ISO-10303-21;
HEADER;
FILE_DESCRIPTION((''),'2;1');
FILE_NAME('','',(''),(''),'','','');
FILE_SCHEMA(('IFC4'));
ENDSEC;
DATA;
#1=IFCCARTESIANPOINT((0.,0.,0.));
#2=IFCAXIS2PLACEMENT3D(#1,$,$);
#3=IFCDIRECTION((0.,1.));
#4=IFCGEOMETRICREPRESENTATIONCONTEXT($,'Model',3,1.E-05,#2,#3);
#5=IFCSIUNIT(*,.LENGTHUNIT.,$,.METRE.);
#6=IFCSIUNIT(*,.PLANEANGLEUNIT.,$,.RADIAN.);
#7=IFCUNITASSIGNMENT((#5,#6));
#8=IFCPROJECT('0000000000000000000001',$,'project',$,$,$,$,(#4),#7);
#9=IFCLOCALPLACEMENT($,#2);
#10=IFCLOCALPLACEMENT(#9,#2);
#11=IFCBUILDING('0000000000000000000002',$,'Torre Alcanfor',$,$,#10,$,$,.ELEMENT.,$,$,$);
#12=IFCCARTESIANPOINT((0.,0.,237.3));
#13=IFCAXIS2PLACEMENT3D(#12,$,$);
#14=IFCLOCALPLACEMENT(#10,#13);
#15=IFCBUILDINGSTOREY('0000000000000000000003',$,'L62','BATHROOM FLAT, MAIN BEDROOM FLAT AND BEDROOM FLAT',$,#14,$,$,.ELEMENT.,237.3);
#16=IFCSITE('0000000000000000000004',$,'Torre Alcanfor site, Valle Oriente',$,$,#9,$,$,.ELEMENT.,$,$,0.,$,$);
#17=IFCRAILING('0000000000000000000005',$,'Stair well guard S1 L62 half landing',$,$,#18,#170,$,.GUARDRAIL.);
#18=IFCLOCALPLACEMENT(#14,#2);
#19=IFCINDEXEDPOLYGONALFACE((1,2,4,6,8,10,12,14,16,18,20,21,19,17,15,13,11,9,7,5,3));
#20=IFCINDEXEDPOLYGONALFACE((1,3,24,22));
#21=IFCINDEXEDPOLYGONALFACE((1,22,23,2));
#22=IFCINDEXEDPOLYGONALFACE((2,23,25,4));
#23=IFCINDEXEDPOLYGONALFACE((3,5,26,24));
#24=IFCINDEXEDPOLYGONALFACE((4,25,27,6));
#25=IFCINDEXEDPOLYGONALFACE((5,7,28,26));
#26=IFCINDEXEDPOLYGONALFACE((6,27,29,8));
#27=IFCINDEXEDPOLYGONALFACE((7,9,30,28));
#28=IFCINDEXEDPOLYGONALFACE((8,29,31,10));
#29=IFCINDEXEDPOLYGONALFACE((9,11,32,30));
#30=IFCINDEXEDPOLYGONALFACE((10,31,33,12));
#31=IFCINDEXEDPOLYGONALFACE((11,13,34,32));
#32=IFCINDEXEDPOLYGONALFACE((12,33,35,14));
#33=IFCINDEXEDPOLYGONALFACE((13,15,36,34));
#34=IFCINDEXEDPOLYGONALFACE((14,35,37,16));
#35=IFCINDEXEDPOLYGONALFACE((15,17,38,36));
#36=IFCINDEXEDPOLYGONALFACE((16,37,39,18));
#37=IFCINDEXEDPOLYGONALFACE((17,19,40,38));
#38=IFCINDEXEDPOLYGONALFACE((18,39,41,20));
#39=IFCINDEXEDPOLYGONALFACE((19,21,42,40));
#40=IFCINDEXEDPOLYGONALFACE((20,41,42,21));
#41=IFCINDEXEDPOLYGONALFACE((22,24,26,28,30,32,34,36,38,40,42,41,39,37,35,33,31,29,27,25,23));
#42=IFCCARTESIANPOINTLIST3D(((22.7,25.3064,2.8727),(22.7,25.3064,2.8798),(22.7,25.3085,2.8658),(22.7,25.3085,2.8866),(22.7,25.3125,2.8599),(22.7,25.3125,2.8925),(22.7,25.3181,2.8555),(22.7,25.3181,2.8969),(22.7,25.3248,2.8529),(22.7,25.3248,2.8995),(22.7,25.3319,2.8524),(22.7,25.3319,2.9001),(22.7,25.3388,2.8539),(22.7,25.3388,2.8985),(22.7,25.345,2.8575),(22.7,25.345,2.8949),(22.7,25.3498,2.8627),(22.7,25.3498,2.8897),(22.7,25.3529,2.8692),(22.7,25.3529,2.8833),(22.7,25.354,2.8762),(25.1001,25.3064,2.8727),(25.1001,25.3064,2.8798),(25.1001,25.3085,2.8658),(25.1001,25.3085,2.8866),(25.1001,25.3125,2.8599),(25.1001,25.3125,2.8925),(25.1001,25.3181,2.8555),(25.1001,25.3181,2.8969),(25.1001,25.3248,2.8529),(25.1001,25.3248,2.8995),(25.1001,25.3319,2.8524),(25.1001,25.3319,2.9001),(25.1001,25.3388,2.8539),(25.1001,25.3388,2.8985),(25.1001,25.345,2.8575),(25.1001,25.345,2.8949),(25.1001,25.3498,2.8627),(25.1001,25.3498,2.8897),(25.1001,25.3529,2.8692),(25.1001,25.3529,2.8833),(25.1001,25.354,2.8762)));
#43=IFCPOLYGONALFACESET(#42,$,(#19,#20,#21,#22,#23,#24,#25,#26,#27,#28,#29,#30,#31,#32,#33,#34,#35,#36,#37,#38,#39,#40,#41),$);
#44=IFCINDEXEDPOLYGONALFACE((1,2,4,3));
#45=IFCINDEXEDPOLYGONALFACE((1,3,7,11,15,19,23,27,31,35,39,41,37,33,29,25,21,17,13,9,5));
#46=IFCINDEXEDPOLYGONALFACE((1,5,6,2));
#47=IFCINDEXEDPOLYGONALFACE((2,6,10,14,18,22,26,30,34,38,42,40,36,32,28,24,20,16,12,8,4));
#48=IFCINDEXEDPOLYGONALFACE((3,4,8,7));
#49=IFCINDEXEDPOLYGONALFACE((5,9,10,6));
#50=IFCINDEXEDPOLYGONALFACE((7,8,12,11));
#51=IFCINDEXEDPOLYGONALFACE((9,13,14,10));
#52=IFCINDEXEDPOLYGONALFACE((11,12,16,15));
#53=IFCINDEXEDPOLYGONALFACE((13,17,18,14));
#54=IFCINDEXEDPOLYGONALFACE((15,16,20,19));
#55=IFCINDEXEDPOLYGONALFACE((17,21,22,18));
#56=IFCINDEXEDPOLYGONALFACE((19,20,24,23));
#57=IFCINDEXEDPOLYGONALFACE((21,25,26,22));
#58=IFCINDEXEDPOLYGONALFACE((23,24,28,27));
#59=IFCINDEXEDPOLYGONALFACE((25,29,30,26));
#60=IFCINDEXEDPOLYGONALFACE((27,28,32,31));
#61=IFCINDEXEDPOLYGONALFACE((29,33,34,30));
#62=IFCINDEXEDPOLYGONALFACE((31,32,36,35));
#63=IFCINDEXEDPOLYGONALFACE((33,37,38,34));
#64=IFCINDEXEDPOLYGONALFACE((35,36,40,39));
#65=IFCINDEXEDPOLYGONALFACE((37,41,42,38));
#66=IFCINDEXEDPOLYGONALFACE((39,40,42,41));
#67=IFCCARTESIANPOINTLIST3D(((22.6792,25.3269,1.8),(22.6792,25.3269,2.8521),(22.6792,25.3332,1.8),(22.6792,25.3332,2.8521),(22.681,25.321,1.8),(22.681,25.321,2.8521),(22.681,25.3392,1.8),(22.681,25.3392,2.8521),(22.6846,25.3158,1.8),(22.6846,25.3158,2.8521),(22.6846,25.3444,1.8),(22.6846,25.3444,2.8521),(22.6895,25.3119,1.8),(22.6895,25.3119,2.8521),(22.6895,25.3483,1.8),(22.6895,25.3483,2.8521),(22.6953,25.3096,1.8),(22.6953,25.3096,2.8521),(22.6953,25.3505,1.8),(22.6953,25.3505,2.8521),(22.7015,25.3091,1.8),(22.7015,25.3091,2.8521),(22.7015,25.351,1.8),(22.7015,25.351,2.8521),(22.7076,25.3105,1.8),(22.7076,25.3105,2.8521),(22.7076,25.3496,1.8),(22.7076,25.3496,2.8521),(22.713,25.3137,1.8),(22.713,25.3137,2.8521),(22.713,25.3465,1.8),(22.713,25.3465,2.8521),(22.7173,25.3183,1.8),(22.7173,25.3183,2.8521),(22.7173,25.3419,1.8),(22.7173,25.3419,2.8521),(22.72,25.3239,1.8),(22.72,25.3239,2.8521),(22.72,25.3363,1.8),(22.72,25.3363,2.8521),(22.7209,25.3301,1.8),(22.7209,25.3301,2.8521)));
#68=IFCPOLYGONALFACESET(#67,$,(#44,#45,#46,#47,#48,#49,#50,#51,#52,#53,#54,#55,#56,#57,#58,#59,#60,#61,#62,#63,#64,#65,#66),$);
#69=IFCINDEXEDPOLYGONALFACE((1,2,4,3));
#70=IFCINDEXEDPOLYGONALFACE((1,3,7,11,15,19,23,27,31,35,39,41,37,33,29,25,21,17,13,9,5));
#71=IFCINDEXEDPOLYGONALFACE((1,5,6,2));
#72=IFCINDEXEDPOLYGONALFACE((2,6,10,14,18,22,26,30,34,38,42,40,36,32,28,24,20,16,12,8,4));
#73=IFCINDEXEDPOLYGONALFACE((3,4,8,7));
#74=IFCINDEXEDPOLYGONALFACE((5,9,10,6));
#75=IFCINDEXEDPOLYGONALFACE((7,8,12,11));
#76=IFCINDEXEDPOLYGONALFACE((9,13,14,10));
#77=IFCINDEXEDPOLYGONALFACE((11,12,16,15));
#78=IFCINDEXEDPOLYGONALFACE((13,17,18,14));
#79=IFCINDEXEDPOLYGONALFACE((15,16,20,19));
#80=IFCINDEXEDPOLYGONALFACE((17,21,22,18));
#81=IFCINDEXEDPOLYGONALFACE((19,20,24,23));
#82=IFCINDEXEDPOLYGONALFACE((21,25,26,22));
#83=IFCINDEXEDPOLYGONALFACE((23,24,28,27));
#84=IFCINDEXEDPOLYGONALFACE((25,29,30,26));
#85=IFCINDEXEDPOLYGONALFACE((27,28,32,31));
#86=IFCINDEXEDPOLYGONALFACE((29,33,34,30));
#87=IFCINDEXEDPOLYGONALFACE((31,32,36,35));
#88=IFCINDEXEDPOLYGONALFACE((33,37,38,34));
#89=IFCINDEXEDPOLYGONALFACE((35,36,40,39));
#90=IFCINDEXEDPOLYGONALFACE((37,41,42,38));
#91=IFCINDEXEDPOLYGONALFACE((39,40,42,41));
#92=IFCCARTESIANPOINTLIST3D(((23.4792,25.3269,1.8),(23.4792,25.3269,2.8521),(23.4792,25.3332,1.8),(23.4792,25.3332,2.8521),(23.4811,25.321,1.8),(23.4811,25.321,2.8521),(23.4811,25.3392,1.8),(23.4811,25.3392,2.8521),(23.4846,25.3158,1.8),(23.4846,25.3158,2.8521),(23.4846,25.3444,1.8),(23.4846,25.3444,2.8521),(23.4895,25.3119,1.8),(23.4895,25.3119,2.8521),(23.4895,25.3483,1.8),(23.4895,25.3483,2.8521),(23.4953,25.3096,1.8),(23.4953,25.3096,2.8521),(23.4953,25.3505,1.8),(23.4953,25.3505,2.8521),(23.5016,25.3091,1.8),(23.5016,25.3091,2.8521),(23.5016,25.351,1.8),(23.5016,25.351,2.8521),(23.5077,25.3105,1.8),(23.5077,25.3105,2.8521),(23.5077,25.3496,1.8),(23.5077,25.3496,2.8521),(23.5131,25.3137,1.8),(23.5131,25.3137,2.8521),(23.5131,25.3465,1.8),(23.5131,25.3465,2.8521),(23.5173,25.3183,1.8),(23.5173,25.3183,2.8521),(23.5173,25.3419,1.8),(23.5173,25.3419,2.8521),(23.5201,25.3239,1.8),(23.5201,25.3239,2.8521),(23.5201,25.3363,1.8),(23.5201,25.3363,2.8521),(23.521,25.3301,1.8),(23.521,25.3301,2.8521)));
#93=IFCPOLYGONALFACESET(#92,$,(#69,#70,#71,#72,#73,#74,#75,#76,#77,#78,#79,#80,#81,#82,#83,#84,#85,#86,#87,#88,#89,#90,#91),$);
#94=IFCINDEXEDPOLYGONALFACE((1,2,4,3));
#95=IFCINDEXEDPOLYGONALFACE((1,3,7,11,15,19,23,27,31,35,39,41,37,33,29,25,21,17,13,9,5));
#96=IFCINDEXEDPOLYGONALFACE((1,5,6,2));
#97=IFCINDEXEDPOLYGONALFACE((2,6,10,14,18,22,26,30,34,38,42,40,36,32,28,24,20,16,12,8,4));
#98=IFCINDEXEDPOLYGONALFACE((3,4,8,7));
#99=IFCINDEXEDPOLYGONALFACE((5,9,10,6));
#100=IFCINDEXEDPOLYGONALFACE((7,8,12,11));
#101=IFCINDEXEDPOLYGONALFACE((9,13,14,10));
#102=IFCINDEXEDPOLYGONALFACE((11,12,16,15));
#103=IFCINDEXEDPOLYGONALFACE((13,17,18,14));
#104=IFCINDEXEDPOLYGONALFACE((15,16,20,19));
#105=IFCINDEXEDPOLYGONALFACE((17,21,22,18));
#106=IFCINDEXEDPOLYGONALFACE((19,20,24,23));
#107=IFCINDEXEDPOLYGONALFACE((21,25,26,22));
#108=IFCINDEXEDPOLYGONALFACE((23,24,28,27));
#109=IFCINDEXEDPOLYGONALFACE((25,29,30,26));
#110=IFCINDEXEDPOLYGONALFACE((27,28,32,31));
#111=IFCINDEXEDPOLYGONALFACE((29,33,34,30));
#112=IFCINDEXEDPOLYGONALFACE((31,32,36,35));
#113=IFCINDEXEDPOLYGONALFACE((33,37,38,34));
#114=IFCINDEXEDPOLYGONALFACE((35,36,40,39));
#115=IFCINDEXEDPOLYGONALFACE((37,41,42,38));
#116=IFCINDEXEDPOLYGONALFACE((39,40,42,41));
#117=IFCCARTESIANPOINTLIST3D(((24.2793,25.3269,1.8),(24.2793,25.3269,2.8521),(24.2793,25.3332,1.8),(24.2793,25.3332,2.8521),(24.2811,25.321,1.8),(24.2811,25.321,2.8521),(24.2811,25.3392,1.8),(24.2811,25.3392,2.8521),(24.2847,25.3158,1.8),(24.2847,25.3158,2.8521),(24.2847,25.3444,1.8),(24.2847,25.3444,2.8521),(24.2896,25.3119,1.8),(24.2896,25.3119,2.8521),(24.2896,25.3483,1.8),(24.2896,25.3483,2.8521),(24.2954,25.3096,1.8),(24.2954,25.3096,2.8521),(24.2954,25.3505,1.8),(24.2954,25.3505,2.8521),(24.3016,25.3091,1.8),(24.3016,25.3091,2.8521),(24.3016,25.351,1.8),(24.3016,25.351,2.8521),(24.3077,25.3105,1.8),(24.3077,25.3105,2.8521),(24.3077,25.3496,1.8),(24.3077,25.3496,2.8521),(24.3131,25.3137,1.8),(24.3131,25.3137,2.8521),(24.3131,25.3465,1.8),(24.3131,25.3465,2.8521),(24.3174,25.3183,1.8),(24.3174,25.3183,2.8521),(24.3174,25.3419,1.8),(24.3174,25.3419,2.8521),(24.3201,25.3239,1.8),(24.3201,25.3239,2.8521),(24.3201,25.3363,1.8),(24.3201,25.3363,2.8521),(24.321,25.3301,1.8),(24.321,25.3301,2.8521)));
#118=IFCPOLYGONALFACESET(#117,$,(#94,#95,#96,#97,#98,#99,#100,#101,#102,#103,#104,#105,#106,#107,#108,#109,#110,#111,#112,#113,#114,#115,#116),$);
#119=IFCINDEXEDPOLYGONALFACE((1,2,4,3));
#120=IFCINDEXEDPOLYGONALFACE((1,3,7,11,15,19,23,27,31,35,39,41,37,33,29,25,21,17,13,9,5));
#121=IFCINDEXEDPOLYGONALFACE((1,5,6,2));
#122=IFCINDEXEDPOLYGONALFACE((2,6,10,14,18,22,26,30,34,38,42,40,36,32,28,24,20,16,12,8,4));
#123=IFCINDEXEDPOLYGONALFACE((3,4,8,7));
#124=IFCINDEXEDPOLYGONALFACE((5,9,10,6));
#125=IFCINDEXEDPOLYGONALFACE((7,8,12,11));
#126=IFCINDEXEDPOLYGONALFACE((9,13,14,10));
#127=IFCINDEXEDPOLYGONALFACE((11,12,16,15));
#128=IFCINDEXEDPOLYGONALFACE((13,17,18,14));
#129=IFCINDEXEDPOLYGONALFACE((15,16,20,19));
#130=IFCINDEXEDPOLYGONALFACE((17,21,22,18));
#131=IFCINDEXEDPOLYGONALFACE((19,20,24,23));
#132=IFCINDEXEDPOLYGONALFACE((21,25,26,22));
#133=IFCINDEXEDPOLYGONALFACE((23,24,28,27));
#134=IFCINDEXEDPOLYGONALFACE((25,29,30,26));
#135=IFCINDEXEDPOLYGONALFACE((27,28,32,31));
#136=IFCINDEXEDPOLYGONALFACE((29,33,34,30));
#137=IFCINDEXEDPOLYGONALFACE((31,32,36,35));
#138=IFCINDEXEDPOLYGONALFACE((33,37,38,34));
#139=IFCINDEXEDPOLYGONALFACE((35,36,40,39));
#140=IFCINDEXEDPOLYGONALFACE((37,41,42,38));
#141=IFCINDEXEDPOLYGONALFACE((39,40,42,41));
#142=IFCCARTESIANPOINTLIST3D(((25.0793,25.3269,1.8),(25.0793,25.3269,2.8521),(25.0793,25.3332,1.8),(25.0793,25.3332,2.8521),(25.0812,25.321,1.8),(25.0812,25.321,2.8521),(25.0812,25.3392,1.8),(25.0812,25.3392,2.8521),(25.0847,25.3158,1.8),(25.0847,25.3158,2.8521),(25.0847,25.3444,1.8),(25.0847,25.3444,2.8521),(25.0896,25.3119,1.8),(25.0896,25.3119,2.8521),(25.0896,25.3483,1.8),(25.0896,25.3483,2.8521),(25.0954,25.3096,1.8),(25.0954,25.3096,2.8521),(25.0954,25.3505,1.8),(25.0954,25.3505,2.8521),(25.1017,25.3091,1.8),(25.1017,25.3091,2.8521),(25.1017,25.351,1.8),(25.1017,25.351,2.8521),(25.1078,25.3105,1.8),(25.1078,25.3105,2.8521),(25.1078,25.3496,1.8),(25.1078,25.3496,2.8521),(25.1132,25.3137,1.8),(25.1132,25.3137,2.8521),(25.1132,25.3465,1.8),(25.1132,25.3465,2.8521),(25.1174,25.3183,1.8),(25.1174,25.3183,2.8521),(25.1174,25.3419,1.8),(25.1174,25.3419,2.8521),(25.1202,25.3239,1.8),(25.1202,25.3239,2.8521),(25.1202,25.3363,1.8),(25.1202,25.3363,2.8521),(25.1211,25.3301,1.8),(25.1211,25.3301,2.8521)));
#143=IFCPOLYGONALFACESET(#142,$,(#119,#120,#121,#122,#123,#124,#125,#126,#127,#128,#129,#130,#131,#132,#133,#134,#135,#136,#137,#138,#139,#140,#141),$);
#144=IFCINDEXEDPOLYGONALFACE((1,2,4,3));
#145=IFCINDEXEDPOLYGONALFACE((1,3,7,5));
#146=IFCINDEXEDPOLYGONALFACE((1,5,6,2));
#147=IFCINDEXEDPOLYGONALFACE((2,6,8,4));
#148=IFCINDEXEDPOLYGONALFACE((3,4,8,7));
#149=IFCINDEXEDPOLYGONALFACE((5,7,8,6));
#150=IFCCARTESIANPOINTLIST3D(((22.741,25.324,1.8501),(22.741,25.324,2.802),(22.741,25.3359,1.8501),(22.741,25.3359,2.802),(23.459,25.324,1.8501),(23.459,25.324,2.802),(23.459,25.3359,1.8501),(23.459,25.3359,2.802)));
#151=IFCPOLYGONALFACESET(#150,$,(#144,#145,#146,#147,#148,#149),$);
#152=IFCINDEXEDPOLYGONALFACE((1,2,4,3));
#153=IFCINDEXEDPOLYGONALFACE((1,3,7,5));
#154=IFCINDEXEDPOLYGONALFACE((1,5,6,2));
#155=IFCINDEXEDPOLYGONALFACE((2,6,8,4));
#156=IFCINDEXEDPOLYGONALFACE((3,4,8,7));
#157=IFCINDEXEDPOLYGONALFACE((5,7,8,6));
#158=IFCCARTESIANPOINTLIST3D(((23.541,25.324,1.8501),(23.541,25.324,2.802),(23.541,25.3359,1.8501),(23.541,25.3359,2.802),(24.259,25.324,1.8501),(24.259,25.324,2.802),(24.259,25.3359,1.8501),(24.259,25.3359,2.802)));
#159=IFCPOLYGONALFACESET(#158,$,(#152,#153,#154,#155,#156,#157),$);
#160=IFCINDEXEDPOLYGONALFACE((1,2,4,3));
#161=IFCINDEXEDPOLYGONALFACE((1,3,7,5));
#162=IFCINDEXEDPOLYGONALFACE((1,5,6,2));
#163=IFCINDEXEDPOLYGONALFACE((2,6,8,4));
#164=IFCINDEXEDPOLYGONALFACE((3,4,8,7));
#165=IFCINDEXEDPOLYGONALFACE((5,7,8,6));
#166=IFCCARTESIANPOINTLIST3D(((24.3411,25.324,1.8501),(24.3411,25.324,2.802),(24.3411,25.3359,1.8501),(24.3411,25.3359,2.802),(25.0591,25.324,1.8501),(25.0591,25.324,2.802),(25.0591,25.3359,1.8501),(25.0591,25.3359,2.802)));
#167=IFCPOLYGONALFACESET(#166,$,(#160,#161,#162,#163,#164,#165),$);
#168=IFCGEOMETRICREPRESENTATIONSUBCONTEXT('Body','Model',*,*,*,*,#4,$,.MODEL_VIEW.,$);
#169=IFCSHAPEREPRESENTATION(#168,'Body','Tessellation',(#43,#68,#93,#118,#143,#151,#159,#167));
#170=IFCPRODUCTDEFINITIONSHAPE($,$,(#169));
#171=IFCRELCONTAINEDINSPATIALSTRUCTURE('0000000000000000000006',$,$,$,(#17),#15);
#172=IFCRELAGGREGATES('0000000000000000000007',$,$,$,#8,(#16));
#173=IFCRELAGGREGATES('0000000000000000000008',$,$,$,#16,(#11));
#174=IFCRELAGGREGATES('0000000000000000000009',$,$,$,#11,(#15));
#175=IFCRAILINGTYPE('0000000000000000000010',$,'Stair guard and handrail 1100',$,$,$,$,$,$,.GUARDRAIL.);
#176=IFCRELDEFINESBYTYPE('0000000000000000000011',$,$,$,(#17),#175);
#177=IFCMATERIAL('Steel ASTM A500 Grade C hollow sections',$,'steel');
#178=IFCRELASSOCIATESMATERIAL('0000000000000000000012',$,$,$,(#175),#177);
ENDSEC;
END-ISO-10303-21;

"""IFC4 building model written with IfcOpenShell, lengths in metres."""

from ifc_helpers import new_model, si_unit, direction, frame, origin, origin_2d, place, context, subcontext, project, spatial, polyline, circle, outline, extrude, material, type_object, element, save


model = new_model("IFC4")

# Units and contexts
model_context = context("Model", 3, precision=1e-05, world=origin(), true_north=direction((0.0, 1.0)))
body_context = subcontext(model_context, "Body", "Model", "MODEL_VIEW")
ifc_project = project(units=[si_unit("LENGTHUNIT", "METRE"), si_unit("PLANEANGLEUNIT", "RADIAN")], contexts=[model_context])

# Site, building, storey
site_placement = place(None, origin())
site = spatial("IfcSite", under=ifc_project, at=site_placement, Name="Torre Alcanfor site, Valle Oriente", CompositionType="ELEMENT", RefElevation=0.0)
building_placement = place(site_placement, origin())
building = spatial("IfcBuilding", under=site, at=building_placement, Name="Torre Alcanfor", CompositionType="ELEMENT")
storey_placement = place(building_placement, frame((0.0, 0.0, 237.3)))
storey = spatial("IfcBuildingStorey", under=building, at=storey_placement, Name="L62", Description="BATHROOM FLAT, MAIN BEDROOM FLAT AND BEDROOM FLAT", CompositionType="ELEMENT", Elevation=237.3)

# Railing
ifc_material_1 = material(Name="Steel ASTM A500 Grade C hollow sections", Category="steel")
railing_type_1 = type_object("IfcRailingType", Name="Stair guard and handrail 1100", PredefinedType="GUARDRAIL", material=ifc_material_1)
railing_1_placement = place(storey_placement, frame((22.7, 25.3301, 1.8)))
element("IfcRailing", 1, at=railing_1_placement, inside=storey, type_object=railing_type_1, Name="Stair well guard S1 L62 half landing", PredefinedType="GUARDRAIL", context=body_context, shape_type="SweptSolid", body=[
    extrude(circle(Radius=0.0239, at=origin_2d()), frame((0.0, 0.0, 1.0762), z_axis=(1.0, 0.0, 0.0), x_axis=(0.0, 1.0, 0.0)), (0.0, 0.0, 1.0), 2.4001),
    extrude(circle(Radius=0.021, at=origin_2d()), origin(), (0.0, 0.0, 1.0), 1.052),
    extrude(circle(Radius=0.021, at=origin_2d()), frame((0.8, 0.0, 0.0)), (0.0, 0.0, 1.0), 1.052),
    extrude(circle(Radius=0.021, at=origin_2d()), frame((1.6001, 0.0, 0.0)), (0.0, 0.0, 1.0), 1.052),
    extrude(circle(Radius=0.021, at=origin_2d()), frame((2.4001, 0.0, 0.0)), (0.0, 0.0, 1.0), 1.052),
    extrude(outline(polyline([(0.041, 0.05), (0.759, 0.05), (0.759, 1.002), (0.041, 1.002), (0.041, 0.05)])), frame((0.0, 0.0059, 0.0), z_axis=(0.0, -1.0, 0.0), x_axis=(1.0, 0.0, 0.0)), (0.0, 0.0, 1.0), 0.012),
    extrude(outline(polyline([(0.8411, 0.05), (1.5591, 0.05), (1.5591, 1.002), (0.8411, 1.002), (0.8411, 0.05)])), frame((0.0, 0.0059, 0.0), z_axis=(0.0, -1.0, 0.0), x_axis=(1.0, 0.0, 0.0)), (0.0, 0.0, 1.0), 0.012),
    extrude(outline(polyline([(1.6411, 0.05), (2.3591, 0.05), (2.3591, 1.002), (1.6411, 1.002), (1.6411, 0.05)])), frame((0.0, 0.0059, 0.0), z_axis=(0.0, -1.0, 0.0), x_axis=(1.0, 0.0, 0.0)), (0.0, 0.0, 1.0), 0.012),
])

save(model, "model.ifc")
